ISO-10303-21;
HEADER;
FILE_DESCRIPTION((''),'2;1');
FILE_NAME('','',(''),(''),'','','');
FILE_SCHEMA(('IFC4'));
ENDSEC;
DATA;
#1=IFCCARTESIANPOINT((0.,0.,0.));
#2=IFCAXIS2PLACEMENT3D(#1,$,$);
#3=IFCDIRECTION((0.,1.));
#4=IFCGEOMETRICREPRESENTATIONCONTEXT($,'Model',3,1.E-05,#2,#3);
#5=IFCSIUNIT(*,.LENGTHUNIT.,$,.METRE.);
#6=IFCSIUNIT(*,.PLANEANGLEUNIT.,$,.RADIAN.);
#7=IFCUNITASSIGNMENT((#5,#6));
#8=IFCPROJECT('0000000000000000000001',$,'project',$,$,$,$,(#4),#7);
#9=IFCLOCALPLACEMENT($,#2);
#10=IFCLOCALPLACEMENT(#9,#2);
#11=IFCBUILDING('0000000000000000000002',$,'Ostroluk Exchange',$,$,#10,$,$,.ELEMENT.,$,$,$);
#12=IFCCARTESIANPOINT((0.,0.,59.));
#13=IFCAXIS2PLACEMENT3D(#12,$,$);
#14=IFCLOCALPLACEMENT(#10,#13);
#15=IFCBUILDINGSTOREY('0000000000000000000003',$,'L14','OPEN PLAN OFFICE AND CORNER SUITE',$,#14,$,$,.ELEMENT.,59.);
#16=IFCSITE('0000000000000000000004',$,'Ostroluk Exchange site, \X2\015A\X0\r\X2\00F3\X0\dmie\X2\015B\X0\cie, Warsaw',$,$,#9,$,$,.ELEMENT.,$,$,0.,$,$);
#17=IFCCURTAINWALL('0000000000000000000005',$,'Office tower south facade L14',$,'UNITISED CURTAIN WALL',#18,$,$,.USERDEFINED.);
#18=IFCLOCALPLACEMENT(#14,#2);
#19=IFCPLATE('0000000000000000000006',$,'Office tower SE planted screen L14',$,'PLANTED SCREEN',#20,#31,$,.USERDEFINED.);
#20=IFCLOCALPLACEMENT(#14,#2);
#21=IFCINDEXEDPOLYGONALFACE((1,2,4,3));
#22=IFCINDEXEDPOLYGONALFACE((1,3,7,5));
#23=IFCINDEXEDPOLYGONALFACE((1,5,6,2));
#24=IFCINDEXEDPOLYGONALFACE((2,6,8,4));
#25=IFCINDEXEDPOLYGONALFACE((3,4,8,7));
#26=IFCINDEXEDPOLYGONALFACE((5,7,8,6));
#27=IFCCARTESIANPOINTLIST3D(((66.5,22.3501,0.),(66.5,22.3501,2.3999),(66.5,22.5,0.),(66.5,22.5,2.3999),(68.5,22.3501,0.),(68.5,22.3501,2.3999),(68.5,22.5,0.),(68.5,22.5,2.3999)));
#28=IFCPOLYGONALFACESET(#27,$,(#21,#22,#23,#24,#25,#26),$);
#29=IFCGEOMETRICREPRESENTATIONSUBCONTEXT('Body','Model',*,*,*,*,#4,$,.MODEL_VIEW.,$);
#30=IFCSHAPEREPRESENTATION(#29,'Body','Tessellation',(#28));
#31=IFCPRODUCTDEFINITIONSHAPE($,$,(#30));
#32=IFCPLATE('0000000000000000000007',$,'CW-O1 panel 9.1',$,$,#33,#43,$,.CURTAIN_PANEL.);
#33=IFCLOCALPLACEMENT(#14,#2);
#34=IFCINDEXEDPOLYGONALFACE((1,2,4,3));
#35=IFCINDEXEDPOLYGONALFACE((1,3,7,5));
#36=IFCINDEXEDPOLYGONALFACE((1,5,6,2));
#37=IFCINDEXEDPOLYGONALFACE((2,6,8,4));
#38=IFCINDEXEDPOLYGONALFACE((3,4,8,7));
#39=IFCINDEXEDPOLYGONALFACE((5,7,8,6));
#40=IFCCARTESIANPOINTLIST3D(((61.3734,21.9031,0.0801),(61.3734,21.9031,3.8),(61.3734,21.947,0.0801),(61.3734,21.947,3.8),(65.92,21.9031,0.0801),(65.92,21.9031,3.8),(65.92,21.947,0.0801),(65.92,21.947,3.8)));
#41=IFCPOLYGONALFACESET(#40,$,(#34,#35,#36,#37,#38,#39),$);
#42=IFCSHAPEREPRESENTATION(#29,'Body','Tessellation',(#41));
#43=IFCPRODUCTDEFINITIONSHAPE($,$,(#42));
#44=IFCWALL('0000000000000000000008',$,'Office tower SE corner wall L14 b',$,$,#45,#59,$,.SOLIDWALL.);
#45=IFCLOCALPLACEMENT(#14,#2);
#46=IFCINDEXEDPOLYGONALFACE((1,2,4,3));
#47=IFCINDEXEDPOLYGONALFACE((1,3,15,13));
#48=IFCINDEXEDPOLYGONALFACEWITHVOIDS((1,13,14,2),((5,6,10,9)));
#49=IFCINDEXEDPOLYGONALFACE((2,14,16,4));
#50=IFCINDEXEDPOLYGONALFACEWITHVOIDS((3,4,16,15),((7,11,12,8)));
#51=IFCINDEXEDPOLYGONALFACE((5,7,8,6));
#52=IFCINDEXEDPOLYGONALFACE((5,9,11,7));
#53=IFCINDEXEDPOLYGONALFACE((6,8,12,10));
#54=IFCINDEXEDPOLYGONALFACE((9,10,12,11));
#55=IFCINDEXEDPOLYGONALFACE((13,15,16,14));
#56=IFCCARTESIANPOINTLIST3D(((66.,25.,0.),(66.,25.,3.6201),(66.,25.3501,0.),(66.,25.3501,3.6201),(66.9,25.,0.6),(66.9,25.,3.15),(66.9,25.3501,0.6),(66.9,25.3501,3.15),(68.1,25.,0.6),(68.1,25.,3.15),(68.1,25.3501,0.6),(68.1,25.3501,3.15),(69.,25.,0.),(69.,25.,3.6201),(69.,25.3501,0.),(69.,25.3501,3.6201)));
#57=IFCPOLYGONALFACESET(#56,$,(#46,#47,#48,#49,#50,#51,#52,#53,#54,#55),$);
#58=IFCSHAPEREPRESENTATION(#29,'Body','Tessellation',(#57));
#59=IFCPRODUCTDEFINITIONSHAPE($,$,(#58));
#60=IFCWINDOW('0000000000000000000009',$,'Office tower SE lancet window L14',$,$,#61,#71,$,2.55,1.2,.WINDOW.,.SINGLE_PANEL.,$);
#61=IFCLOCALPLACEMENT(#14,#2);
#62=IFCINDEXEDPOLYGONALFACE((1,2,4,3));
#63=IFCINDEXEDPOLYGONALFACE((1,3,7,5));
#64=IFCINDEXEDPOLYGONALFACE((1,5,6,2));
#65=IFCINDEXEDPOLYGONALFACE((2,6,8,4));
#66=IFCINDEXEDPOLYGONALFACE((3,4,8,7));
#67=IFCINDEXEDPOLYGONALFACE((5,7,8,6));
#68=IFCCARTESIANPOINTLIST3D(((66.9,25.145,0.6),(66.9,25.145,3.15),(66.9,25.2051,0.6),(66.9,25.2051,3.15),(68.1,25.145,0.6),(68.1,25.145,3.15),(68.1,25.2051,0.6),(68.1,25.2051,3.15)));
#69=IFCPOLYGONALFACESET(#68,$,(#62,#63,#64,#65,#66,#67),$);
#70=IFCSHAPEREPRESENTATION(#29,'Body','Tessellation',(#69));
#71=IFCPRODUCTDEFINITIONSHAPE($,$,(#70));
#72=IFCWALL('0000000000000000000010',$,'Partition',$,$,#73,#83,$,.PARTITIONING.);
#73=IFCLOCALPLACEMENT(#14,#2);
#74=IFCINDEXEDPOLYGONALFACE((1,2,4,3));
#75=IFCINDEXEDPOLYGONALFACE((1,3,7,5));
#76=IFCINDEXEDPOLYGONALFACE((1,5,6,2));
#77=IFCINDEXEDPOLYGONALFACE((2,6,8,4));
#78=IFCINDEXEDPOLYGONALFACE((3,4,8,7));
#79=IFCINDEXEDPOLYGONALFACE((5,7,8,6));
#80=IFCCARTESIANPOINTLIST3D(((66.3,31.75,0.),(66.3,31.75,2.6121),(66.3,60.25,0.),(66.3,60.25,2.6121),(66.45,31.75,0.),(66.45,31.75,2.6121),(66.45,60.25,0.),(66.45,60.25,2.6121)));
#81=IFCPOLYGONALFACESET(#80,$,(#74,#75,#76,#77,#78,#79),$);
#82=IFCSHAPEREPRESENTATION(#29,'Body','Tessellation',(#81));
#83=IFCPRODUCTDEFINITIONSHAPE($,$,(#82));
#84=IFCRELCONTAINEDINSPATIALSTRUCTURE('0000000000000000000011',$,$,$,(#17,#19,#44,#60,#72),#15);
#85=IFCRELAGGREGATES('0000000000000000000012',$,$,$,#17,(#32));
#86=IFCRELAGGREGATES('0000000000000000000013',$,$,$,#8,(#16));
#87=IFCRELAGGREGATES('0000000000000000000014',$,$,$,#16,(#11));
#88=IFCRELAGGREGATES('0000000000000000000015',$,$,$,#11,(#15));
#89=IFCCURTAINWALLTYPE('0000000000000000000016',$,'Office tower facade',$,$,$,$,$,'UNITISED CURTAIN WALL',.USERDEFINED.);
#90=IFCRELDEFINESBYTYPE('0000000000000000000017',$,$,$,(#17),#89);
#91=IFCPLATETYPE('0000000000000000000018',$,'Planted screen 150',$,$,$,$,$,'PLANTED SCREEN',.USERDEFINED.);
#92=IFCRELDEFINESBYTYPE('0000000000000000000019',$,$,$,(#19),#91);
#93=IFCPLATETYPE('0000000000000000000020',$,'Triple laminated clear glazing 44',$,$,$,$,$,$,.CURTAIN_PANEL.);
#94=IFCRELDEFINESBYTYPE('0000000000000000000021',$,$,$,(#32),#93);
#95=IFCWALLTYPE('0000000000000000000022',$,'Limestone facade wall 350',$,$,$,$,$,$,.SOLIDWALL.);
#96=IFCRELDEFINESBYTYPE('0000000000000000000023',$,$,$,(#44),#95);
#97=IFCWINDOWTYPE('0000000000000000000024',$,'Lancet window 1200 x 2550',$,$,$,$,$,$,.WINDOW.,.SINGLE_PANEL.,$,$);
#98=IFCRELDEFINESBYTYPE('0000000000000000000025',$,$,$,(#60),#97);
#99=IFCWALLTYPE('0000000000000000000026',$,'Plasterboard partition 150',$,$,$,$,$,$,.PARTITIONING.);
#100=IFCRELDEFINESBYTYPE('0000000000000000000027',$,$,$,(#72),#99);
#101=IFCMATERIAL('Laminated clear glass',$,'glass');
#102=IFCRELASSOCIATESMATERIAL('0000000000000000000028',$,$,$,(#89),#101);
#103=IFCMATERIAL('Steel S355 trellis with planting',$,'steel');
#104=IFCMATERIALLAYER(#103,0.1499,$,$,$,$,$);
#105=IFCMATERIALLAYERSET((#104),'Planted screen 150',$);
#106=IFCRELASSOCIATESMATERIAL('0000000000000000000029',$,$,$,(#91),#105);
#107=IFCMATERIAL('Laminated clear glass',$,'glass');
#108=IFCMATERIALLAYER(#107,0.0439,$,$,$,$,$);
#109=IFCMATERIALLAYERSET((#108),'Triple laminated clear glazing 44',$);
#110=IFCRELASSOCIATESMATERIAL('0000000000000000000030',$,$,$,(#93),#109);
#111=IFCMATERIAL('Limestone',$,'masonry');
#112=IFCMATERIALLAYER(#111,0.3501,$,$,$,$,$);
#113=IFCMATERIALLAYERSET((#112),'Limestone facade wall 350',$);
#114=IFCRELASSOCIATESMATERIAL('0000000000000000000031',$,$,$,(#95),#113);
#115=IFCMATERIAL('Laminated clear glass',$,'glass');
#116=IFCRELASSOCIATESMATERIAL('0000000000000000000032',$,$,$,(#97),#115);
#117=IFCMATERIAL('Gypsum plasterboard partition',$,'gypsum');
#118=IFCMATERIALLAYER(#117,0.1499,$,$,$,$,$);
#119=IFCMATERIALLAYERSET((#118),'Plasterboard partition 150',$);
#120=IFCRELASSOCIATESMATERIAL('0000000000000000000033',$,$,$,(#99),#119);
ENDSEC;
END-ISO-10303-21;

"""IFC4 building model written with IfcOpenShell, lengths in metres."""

from ifc_helpers import new_model, si_unit, direction, frame, frame_2d, origin, origin_2d, place, context, subcontext, project, spatial, rectangle, extrude, material, layer, layer_set, type_object, element, fill, aggregate, save


model = new_model("IFC4")

# Units and contexts
model_context = context("Model", 3, precision=1e-05, world=origin(), true_north=direction((0.0, 1.0)))
body_context = subcontext(model_context, "Body", "Model", "MODEL_VIEW")
ifc_project = project(units=[si_unit("LENGTHUNIT", "METRE"), si_unit("PLANEANGLEUNIT", "RADIAN")], contexts=[model_context])

# Site, building, storey
site_placement = place(None, origin())
site = spatial("IfcSite", under=ifc_project, at=site_placement, Name="Ostroluk Exchange site, Śródmieście, Warsaw", CompositionType="ELEMENT", RefElevation=0.0)
building_placement = place(site_placement, origin())
building = spatial("IfcBuilding", under=site, at=building_placement, Name="Ostroluk Exchange", CompositionType="ELEMENT")
storey_placement = place(building_placement, frame((0.0, 0.0, 59.0)))
storey = spatial("IfcBuildingStorey", under=building, at=storey_placement, Name="L14", Description="OPEN PLAN OFFICE AND CORNER SUITE", CompositionType="ELEMENT", Elevation=59.0)

# Curtain wall
ifc_material_1 = material(Name="Laminated clear glass", Category="glass")
curtain_wall_type = type_object("IfcCurtainWallType", Name="Office tower facade", ElementType="UNITISED CURTAIN WALL", PredefinedType="USERDEFINED", material=ifc_material_1)
curtain_wall_placement = place(storey_placement, origin())
curtain_wall = element("IfcCurtainWall", 1, at=curtain_wall_placement, inside=storey, type_object=curtain_wall_type, Name="Office tower south facade L14", ObjectType="UNITISED CURTAIN WALL", PredefinedType="USERDEFINED")

# Plates
ifc_material_2 = material(Name="Steel S355 trellis with planting", Category="steel")
ifc_layer_1 = layer(ifc_material_2, 0.1499)
ifc_layer_set_1 = layer_set([ifc_layer_1], Name="Planted screen 150")
plate_type_1 = type_object("IfcPlateType", Name="Planted screen 150", ElementType="PLANTED SCREEN", PredefinedType="USERDEFINED", material=ifc_layer_set_1)
plate_1_placement = place(storey_placement, frame((67.5, 22.425, 0.0), z_axis=(0.0, 0.0, 1.0), x_axis=(1.0, 0.0, 0.0)))
element("IfcPlate", 2, at=plate_1_placement, inside=storey, type_object=plate_type_1, Name="Office tower SE planted screen L14", ObjectType="PLANTED SCREEN", PredefinedType="USERDEFINED", context=body_context, shape_type="SweptSolid", body=[
    extrude(rectangle(XDim=2.0, YDim=0.1499, at=origin_2d()), origin(), (0.0, 0.0, 1.0), 2.3999),
])
ifc_material_3 = material(Name="Laminated clear glass", Category="glass")
ifc_layer_2 = layer(ifc_material_3, 0.0439)
ifc_layer_set_2 = layer_set([ifc_layer_2], Name="Triple laminated clear glazing 44")
plate_type_2 = type_object("IfcPlateType", Name="Triple laminated clear glazing 44", PredefinedType="CURTAIN_PANEL", material=ifc_layer_set_2)
plate_2_placement = place(storey_placement, frame((63.6467, 21.925, 0.0801), z_axis=(0.0, 0.0, 1.0), x_axis=(1.0, 0.0, 0.0)))
plate_2 = element("IfcPlate", 3, at=plate_2_placement, type_object=plate_type_2, Name="CW-O1 panel 9.1", PredefinedType="CURTAIN_PANEL", context=body_context, shape_type="SweptSolid", body=[
    extrude(rectangle(XDim=4.5466, YDim=0.0439, at=origin_2d()), origin(), (0.0, 0.0, 1.0), 3.72),
])
aggregate(curtain_wall, [plate_2])

# Shared definitions
ifc_material_4 = material(Name="Limestone", Category="masonry")
ifc_layer_3 = layer(ifc_material_4, 0.3501)
ifc_layer_set_3 = layer_set([ifc_layer_3], Name="Limestone facade wall 350")
wall_type_1 = type_object("IfcWallType", Name="Limestone facade wall 350", PredefinedType="SOLIDWALL", material=ifc_layer_set_3)

# Wall, opening, window
wall_1_placement = place(storey_placement, frame((66.0, 25.175, 0.0), z_axis=(0.0, 0.0, 1.0), x_axis=(1.0, 0.0, 0.0)))
wall_1 = element("IfcWall", 4, at=wall_1_placement, inside=storey, type_object=wall_type_1, Name="Office tower SE corner wall L14 b", PredefinedType="SOLIDWALL", context=body_context, shape_type="SweptSolid", body=[
    extrude(rectangle(XDim=3.0, YDim=0.3501, at=frame_2d((1.5, 0.0))), origin(), (0.0, 0.0, 1.0), 3.6201),
])
opening_1_placement = place(wall_1_placement, frame((0.8999, 0.0, 0.6001)))
opening_1 = element("IfcOpeningElement", 5, at=opening_1_placement, cuts=wall_1, PredefinedType="OPENING", context=body_context, shape_type="SweptSolid", body=[
    extrude(rectangle(XDim=1.2, YDim=2.55, at=frame_2d((0.6001, 1.2749))), frame((0.0, 0.1851, 0.0), z_axis=(0.0, -1.0, 0.0), x_axis=(1.0, 0.0, 0.0)), (0.0, 0.0, 1.0), 0.3701),
])
ifc_material_5 = material(Name="Laminated clear glass", Category="glass")
window_type = type_object("IfcWindowType", Name="Lancet window 1200 x 2550", PartitioningType="SINGLE_PANEL", PredefinedType="WINDOW", material=ifc_material_5)
window_placement = place(opening_1_placement, origin())
window = element("IfcWindow", 6, at=window_placement, inside=storey, type_object=window_type, Name="Office tower SE lancet window L14", OverallHeight=2.55, OverallWidth=1.2, PartitioningType="SINGLE_PANEL", PredefinedType="WINDOW", context=body_context, shape_type="SweptSolid", body=[
    extrude(rectangle(XDim=1.2, YDim=2.55, at=frame_2d((0.6001, 1.2749))), frame((0.0, 0.03, 0.0), z_axis=(0.0, -1.0, 0.0), x_axis=(1.0, 0.0, 0.0)), (0.0, 0.0, 1.0), 0.0601),
])
fill(opening_1, window)

# Wall
ifc_material_6 = material(Name="Gypsum plasterboard partition", Category="gypsum")
ifc_layer_4 = layer(ifc_material_6, 0.1499)
ifc_layer_set_4 = layer_set([ifc_layer_4], Name="Plasterboard partition 150")
wall_type_2 = type_object("IfcWallType", Name="Plasterboard partition 150", PredefinedType="PARTITIONING", material=ifc_layer_set_4)
wall_2_placement = place(storey_placement, frame((66.375, 31.75, 0.0), z_axis=(0.0, 0.0, 1.0), x_axis=(0.0, 1.0, 0.0)))
element("IfcWall", 7, at=wall_2_placement, inside=storey, type_object=wall_type_2, Name="Partition", PredefinedType="PARTITIONING", context=body_context, shape_type="SweptSolid", body=[
    extrude(rectangle(XDim=28.5, YDim=0.1499, at=frame_2d((14.25, 0.0))), origin(), (0.0, 0.0, 1.0), 2.6121),
])

save(model, "model.ifc")
